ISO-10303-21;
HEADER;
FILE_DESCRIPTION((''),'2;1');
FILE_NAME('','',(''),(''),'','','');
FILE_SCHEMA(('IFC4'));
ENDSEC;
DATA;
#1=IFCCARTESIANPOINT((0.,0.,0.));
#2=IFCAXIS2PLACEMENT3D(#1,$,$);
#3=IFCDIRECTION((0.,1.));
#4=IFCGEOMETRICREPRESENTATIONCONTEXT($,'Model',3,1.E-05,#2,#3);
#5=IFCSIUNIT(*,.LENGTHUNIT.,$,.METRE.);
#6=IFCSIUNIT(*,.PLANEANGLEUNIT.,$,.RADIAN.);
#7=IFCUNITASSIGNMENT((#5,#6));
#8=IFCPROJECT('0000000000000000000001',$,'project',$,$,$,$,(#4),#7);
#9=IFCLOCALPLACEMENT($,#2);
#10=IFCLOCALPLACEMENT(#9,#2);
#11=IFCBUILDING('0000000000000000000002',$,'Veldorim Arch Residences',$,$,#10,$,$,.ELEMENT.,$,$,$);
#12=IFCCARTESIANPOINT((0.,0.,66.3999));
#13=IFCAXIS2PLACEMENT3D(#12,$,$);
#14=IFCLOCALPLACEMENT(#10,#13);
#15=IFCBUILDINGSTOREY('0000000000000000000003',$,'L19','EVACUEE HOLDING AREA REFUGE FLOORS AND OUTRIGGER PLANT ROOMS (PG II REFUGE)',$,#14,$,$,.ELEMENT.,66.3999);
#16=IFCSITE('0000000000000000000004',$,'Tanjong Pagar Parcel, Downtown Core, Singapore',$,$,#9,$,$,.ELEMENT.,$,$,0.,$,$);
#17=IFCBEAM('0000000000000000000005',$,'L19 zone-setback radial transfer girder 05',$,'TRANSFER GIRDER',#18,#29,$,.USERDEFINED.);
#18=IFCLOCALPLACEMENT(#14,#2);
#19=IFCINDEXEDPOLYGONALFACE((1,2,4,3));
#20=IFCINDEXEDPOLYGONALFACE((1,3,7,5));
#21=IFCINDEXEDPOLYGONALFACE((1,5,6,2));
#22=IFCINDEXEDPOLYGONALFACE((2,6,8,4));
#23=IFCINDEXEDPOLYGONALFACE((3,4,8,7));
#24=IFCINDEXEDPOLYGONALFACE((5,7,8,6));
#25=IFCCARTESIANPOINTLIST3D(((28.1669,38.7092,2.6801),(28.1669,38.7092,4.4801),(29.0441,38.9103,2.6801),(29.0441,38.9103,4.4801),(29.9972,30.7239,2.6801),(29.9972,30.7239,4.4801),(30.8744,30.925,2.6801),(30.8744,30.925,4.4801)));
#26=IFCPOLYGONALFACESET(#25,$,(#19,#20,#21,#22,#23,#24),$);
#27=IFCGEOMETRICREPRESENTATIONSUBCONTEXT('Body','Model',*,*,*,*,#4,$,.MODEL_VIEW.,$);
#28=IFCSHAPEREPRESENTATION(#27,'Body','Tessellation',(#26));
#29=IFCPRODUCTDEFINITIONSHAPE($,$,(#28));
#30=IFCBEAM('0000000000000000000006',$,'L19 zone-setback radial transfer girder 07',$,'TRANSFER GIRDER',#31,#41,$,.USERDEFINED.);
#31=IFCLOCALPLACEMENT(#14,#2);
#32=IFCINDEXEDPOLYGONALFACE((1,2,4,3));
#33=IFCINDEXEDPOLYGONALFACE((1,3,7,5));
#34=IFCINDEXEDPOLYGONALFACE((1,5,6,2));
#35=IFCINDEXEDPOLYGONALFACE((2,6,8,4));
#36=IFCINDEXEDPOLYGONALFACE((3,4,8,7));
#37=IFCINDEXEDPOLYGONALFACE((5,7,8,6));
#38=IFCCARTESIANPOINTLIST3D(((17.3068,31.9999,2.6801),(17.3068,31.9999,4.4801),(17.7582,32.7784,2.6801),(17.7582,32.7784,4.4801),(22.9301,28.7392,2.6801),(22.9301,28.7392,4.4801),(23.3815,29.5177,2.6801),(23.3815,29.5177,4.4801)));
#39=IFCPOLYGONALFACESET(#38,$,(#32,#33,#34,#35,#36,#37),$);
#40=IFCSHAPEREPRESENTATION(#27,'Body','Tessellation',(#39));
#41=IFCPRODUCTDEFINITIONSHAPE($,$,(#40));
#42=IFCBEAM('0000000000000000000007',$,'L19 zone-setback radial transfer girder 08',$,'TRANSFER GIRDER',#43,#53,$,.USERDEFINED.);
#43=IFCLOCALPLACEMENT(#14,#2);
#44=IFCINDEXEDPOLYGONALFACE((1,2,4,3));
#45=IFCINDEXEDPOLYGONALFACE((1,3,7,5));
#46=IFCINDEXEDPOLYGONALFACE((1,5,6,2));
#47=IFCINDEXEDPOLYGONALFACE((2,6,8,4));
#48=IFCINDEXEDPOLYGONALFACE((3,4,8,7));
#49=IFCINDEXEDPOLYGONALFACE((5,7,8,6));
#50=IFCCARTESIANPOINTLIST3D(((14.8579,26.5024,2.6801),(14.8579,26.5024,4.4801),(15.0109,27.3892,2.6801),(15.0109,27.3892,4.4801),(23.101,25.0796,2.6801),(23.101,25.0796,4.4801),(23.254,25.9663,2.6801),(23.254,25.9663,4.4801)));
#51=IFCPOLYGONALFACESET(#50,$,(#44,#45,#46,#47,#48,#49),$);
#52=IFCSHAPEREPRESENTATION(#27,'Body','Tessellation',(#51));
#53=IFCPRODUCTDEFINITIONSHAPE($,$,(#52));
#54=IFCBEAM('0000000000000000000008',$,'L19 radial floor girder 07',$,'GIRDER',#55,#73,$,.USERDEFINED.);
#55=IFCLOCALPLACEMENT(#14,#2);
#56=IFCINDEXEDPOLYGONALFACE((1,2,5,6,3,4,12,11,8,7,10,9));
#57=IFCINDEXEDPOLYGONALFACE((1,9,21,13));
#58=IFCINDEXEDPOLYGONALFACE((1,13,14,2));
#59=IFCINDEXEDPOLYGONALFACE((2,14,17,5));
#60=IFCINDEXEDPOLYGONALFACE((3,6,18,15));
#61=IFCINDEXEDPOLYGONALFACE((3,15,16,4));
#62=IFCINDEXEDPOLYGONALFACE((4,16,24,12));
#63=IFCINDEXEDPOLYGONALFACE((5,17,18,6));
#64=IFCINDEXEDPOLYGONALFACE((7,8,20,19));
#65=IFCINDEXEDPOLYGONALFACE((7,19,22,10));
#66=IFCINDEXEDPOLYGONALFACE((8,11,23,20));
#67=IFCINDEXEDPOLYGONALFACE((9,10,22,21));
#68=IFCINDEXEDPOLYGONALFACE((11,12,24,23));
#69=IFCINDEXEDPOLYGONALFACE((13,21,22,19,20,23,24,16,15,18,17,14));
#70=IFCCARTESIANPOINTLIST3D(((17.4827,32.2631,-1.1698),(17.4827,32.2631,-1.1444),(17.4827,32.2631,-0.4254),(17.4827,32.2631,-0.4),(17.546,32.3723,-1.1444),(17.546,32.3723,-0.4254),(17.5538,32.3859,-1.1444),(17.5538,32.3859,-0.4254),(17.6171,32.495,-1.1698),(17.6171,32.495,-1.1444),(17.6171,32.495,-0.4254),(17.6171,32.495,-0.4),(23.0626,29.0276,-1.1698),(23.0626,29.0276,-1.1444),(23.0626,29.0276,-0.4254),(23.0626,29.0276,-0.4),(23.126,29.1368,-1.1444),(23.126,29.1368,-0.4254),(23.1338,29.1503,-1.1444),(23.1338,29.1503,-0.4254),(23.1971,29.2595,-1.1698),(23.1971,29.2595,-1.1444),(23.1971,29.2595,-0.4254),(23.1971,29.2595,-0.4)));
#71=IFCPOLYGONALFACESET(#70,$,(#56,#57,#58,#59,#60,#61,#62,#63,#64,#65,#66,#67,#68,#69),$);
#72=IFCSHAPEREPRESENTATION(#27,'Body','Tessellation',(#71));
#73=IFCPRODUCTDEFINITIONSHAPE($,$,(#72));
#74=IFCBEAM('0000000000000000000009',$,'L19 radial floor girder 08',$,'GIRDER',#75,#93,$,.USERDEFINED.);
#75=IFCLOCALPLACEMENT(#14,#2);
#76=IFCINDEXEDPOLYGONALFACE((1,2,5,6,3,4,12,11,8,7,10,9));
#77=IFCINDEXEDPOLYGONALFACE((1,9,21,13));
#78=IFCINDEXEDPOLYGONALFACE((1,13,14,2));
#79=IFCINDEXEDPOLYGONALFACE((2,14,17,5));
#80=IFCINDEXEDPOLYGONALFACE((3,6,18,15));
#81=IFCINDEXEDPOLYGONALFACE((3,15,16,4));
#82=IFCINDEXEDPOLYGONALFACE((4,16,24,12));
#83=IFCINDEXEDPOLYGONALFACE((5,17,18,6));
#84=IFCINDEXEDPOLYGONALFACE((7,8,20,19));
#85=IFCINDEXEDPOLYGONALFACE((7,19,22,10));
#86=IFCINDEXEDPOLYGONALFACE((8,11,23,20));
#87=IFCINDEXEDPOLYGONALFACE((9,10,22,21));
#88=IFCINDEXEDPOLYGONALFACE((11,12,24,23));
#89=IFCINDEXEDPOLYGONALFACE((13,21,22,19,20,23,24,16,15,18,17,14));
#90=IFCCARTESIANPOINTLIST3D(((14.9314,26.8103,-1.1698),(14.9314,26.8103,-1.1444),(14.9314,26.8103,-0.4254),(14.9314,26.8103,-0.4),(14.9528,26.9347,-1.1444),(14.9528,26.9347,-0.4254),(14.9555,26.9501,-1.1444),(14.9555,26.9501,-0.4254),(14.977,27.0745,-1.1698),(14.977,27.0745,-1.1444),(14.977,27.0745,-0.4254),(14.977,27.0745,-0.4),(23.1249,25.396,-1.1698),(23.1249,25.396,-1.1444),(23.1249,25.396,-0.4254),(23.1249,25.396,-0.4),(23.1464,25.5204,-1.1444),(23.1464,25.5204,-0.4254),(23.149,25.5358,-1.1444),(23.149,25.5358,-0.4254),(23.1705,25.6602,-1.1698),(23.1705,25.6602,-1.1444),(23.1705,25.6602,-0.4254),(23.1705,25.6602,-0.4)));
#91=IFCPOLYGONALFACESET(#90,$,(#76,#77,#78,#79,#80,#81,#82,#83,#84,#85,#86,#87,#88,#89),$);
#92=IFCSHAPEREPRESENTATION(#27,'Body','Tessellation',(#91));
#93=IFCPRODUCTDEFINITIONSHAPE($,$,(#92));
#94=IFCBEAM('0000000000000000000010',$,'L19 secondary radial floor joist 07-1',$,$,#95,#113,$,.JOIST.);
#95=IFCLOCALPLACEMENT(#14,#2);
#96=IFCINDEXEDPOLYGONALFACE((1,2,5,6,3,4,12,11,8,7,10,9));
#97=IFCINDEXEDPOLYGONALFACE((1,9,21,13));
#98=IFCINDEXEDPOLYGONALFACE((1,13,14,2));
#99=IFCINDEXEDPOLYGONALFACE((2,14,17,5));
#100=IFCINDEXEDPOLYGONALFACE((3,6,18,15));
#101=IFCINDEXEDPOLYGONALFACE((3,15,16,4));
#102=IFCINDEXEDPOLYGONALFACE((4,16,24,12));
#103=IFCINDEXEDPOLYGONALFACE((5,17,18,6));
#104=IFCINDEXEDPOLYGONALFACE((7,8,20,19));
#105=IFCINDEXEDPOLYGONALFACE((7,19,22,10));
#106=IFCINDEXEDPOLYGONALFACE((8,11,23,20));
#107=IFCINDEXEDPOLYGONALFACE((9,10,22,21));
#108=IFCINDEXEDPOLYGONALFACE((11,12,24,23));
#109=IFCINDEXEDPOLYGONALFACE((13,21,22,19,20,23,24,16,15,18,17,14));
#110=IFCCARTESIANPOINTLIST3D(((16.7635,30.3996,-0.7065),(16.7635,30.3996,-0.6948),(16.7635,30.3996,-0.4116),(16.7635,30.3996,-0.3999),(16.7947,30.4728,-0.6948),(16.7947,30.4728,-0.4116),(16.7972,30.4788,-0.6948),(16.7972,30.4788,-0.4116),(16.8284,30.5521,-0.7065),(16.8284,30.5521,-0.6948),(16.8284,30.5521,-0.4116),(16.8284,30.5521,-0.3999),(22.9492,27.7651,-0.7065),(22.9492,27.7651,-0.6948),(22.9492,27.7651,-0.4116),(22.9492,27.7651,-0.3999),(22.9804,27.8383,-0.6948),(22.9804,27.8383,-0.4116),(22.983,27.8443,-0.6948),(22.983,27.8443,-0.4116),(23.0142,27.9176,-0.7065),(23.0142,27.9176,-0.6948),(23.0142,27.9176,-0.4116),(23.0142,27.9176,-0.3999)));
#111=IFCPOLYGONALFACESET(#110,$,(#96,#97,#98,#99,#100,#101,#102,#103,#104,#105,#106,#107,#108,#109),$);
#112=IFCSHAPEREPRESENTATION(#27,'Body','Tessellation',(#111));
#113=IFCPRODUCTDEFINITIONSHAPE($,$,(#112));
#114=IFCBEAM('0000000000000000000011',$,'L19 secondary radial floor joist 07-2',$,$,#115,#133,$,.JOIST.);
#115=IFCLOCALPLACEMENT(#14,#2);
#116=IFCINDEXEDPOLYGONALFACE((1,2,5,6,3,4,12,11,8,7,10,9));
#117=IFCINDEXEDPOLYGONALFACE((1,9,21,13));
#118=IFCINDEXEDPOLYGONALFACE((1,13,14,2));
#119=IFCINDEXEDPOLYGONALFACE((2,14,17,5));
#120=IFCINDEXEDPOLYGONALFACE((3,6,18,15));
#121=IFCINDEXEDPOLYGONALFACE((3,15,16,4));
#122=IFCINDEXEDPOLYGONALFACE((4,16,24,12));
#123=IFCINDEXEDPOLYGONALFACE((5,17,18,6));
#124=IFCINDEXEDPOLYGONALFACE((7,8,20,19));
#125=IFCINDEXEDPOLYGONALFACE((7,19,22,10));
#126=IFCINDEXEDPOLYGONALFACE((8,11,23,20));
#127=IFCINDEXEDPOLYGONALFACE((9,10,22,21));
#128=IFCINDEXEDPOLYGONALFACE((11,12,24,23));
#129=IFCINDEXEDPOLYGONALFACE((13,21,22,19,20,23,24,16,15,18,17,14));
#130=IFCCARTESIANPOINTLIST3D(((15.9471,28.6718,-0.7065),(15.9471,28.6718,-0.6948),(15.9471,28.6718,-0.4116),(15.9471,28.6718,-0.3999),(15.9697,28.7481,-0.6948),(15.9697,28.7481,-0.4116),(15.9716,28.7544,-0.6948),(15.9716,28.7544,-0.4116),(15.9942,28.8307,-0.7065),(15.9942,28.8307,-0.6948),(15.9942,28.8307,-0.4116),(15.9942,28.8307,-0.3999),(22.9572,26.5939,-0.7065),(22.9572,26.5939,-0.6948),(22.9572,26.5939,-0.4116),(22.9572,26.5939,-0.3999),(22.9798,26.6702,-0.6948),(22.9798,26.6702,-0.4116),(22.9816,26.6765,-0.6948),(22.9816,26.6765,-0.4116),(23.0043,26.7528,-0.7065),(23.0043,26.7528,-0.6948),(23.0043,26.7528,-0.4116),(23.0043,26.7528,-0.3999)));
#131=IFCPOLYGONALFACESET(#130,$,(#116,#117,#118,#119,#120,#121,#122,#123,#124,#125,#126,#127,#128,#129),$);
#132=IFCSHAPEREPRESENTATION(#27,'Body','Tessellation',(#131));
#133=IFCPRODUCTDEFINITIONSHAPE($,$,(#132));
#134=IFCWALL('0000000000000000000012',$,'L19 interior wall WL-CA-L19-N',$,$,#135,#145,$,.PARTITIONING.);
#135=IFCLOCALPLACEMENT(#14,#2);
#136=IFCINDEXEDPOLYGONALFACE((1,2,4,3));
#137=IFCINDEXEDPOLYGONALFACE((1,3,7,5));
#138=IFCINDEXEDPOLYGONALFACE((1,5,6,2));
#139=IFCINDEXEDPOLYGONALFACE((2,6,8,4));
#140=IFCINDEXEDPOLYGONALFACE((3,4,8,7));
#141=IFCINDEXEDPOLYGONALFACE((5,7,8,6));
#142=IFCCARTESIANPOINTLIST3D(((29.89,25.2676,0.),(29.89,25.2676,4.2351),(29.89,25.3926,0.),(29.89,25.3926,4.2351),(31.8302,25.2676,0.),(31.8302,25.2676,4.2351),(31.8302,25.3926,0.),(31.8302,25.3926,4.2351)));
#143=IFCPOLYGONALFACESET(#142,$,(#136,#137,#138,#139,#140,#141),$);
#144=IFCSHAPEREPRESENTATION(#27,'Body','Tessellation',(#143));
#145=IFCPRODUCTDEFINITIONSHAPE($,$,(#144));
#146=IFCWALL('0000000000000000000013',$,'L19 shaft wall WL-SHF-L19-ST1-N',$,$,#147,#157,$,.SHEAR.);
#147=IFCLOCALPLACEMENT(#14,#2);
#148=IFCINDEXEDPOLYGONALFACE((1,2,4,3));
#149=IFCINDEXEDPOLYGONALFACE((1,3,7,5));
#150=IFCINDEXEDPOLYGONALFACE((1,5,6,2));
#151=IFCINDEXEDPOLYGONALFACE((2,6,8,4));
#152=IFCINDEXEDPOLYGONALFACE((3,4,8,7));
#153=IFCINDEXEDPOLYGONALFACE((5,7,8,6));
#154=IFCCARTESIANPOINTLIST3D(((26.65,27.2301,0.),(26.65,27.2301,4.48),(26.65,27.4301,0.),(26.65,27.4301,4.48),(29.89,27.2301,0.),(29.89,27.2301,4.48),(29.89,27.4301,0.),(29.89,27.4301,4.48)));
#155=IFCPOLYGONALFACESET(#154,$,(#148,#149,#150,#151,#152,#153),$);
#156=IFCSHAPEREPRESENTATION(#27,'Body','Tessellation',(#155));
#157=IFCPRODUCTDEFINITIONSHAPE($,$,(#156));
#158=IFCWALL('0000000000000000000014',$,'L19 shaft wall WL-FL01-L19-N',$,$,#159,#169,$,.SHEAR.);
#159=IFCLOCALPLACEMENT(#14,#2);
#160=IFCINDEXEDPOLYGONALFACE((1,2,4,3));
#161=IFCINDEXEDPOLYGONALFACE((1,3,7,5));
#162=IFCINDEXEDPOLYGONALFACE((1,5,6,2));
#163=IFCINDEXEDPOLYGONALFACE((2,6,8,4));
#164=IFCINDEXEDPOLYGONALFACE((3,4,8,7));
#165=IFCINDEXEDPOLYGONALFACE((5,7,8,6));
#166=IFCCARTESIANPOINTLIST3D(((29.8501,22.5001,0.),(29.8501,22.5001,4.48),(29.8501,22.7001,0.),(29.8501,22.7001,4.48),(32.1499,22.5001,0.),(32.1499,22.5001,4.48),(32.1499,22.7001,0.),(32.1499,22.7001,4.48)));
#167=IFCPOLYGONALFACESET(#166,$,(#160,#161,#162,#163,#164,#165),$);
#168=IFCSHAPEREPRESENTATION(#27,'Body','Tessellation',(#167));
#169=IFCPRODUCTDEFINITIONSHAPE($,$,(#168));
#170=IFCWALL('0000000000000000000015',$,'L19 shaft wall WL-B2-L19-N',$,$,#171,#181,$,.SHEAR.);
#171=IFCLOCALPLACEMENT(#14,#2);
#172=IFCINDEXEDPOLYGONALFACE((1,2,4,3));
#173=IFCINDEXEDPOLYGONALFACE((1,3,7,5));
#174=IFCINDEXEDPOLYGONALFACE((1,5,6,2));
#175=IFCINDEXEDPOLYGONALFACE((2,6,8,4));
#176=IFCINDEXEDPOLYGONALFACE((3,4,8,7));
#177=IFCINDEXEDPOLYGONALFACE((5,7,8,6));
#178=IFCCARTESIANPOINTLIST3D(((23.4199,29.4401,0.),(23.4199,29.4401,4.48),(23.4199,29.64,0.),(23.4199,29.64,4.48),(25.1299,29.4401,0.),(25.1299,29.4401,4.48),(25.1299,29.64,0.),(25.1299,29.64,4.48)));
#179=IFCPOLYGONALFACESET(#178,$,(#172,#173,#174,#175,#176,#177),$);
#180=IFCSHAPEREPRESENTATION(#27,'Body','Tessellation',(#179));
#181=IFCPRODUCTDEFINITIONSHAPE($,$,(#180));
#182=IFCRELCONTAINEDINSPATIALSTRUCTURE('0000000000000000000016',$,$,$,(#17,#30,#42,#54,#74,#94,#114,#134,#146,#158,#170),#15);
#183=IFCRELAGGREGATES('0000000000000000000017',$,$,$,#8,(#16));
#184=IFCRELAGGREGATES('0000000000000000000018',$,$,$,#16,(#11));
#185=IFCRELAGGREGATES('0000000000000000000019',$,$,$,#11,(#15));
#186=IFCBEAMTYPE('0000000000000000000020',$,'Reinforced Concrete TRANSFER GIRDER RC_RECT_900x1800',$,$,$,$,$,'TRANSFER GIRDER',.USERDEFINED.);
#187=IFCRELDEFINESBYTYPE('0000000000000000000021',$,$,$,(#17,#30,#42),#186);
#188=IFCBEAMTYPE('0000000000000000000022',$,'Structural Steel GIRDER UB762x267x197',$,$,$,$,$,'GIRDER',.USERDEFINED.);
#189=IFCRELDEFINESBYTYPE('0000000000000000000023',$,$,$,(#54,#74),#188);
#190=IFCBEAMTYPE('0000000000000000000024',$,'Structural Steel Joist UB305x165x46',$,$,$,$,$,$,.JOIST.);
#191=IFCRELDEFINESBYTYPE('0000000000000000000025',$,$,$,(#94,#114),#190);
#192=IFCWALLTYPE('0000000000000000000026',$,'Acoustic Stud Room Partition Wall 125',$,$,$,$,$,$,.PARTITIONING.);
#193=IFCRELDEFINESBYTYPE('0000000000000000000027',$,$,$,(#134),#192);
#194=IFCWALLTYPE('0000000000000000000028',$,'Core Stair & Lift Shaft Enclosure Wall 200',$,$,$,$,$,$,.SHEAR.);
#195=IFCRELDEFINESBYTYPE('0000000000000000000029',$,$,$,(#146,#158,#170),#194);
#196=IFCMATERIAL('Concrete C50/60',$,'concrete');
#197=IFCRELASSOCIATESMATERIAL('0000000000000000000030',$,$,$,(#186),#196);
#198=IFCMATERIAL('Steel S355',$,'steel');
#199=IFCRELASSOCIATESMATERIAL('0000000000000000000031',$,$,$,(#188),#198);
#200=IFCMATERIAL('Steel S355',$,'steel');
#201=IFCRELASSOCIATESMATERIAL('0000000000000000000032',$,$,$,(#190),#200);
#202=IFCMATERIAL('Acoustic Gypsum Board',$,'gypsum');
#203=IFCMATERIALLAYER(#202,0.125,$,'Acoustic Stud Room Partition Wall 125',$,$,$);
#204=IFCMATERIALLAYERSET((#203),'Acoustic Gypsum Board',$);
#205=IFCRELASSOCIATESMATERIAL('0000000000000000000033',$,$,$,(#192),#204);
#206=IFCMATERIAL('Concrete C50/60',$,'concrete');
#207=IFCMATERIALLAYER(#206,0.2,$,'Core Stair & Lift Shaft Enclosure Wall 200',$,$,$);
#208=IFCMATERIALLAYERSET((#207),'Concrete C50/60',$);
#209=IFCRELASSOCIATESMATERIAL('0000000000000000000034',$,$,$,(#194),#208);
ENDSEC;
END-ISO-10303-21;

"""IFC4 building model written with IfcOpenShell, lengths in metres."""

from ifc_helpers import new_model, si_unit, direction, frame, frame_2d, origin, origin_2d, place, context, subcontext, project, spatial, rectangle, i_section, extrude, material, layer, layer_set, material_profile, profile_set, type_object, element, save


model = new_model("IFC4")

# Units and contexts
model_context = context("Model", 3, precision=1e-05, world=origin(), true_north=direction((0.0, 1.0)))
body_context = subcontext(model_context, "Body", "Model", "MODEL_VIEW")
ifc_project = project(units=[si_unit("LENGTHUNIT", "METRE"), si_unit("PLANEANGLEUNIT", "RADIAN")], contexts=[model_context])

# Site, building, storey
site_placement = place(None, origin())
site = spatial("IfcSite", under=ifc_project, at=site_placement, Name="Tanjong Pagar Parcel, Downtown Core, Singapore", CompositionType="ELEMENT", RefElevation=0.0)
building_placement = place(site_placement, origin())
building = spatial("IfcBuilding", under=site, at=building_placement, Name="Veldorim Arch Residences", CompositionType="ELEMENT")
storey_placement = place(building_placement, frame((0.0, 0.0, 66.3999)))
storey = spatial("IfcBuildingStorey", under=building, at=storey_placement, Name="L19", Description="EVACUEE HOLDING AREA REFUGE FLOORS AND OUTRIGGER PLANT ROOMS (PG II REFUGE)", CompositionType="ELEMENT", Elevation=66.3999)

# Beams
ifc_material_1 = material(Name="Concrete C50/60", Category="concrete")
ifc_material_profile_1 = material_profile(ifc_material_1, rectangle(XDim=0.8999, YDim=1.8, at=origin_2d()), Name="RC_RECT_900x1800")
ifc_profile_set_1 = profile_set([ifc_material_profile_1], Name="Concrete C50/60")
beam_type_1 = type_object("IfcBeamType", Name="Reinforced Concrete TRANSFER GIRDER RC_RECT_900x1800", ElementType="TRANSFER GIRDER", PredefinedType="USERDEFINED", material=ifc_profile_set_1)
beam_1_placement = place(storey_placement, frame((30.4358, 30.8245, 3.5801), z_axis=(-0.223416, 0.974723, 0.0), x_axis=(-0.974723, -0.223416, 0.0)))
element("IfcBeam", 1, at=beam_1_placement, inside=storey, type_object=beam_type_1, Name="L19 zone-setback radial transfer girder 05", ObjectType="TRANSFER GIRDER", PredefinedType="USERDEFINED", context=body_context, shape_type="SweptSolid", body=[
    extrude(rectangle(XDim=0.8999, YDim=1.8, at=origin_2d()), origin(), (0.0, 0.0, 1.0), 8.1924),
])
beam_2_placement = place(storey_placement, frame((23.1558, 29.1284, 3.5801), z_axis=(-0.865082, 0.50163, 0.0), x_axis=(-0.50163, -0.865082, 0.0)))
element("IfcBeam", 2, at=beam_2_placement, inside=storey, type_object=beam_type_1, Name="L19 zone-setback radial transfer girder 07", ObjectType="TRANSFER GIRDER", PredefinedType="USERDEFINED", context=body_context, shape_type="SweptSolid", body=[
    extrude(rectangle(XDim=0.8999, YDim=1.8, at=origin_2d()), origin(), (0.0, 0.0, 1.0), 6.5002),
])
beam_3_placement = place(storey_placement, frame((23.1775, 25.5229, 3.5801), z_axis=(-0.985428, 0.170095, 0.0), x_axis=(-0.170095, -0.985428, 0.0)))
element("IfcBeam", 3, at=beam_3_placement, inside=storey, type_object=beam_type_1, Name="L19 zone-setback radial transfer girder 08", ObjectType="TRANSFER GIRDER", PredefinedType="USERDEFINED", context=body_context, shape_type="SweptSolid", body=[
    extrude(rectangle(XDim=0.8999, YDim=1.8, at=origin_2d()), origin(), (0.0, 0.0, 1.0), 8.365),
])
ifc_material_2 = material(Name="Steel S355", Category="steel")
ifc_material_profile_2 = material_profile(ifc_material_2, i_section(OverallWidth=0.2681, OverallDepth=0.7698, WebThickness=0.0156, FlangeThickness=0.0254, at=origin_2d()), Name="UB762x267x197")
ifc_profile_set_2 = profile_set([ifc_material_profile_2], Name="Steel S355")
beam_type_2 = type_object("IfcBeamType", Name="Structural Steel GIRDER UB762x267x197", ElementType="GIRDER", PredefinedType="USERDEFINED", material=ifc_profile_set_2)
beam_4_placement = place(storey_placement, frame((23.1299, 29.1436, -0.7849), z_axis=(-0.865088, 0.50162, 0.0), x_axis=(-0.50162, -0.865088, 0.0)))
element("IfcBeam", 4, at=beam_4_placement, inside=storey, type_object=beam_type_2, Name="L19 radial floor girder 07", ObjectType="GIRDER", PredefinedType="USERDEFINED", context=body_context, shape_type="SweptSolid", body=[
    extrude(i_section(OverallWidth=0.2681, OverallDepth=0.7698, WebThickness=0.0156, FlangeThickness=0.0254, at=origin_2d()), origin(), (0.0, 0.0, 1.0), 6.4502),
])
beam_5_placement = place(storey_placement, frame((23.1477, 25.5281, -0.7849), z_axis=(-0.985428, 0.170096, 0.0), x_axis=(-0.170096, -0.985428, 0.0)))
element("IfcBeam", 5, at=beam_5_placement, inside=storey, type_object=beam_type_2, Name="L19 radial floor girder 08", ObjectType="GIRDER", PredefinedType="USERDEFINED", context=body_context, shape_type="SweptSolid", body=[
    extrude(i_section(OverallWidth=0.2681, OverallDepth=0.7698, WebThickness=0.0156, FlangeThickness=0.0254, at=origin_2d()), origin(), (0.0, 0.0, 1.0), 8.3147),
])
ifc_material_3 = material(Name="Steel S355", Category="steel")
ifc_material_profile_3 = material_profile(ifc_material_3, i_section(OverallWidth=0.1658, OverallDepth=0.3066, WebThickness=0.0066, FlangeThickness=0.0117, at=origin_2d()), Name="UB305x165x46")
ifc_profile_set_3 = profile_set([ifc_material_profile_3], Name="Steel S355")
beam_type_3 = type_object("IfcBeamType", Name="Structural Steel Joist UB305x165x46", PredefinedType="JOIST", material=ifc_profile_set_3)
beam_6_placement = place(storey_placement, frame((22.9817, 27.8413, -0.5532), z_axis=(-0.920033, 0.391841, 0.0), x_axis=(-0.391841, -0.920033, 0.0)))
element("IfcBeam", 6, at=beam_6_placement, inside=storey, type_object=beam_type_3, Name="L19 secondary radial floor joist 07-1", PredefinedType="JOIST", context=body_context, shape_type="SweptSolid", body=[
    extrude(i_section(OverallWidth=0.1658, OverallDepth=0.3066, WebThickness=0.0066, FlangeThickness=0.0117, at=origin_2d()), origin(), (0.0, 0.0, 1.0), 6.7234),
])
beam_7_placement = place(storey_placement, frame((22.9807, 26.6733, -0.5532), z_axis=(-0.958767, 0.284194, 0.0), x_axis=(-0.284194, -0.958767, 0.0)))
element("IfcBeam", 7, at=beam_7_placement, inside=storey, type_object=beam_type_3, Name="L19 secondary radial floor joist 07-2", PredefinedType="JOIST", context=body_context, shape_type="SweptSolid", body=[
    extrude(i_section(OverallWidth=0.1658, OverallDepth=0.3066, WebThickness=0.0066, FlangeThickness=0.0117, at=origin_2d()), origin(), (0.0, 0.0, 1.0), 7.3115),
])

# Walls
ifc_material_4 = material(Name="Acoustic Gypsum Board", Category="gypsum")
ifc_layer_1 = layer(ifc_material_4, 0.125, Name="Acoustic Stud Room Partition Wall 125")
ifc_layer_set_1 = layer_set([ifc_layer_1], Name="Acoustic Gypsum Board")
wall_type_1 = type_object("IfcWallType", Name="Acoustic Stud Room Partition Wall 125", PredefinedType="PARTITIONING", material=ifc_layer_set_1)
wall_1_placement = place(storey_placement, frame((29.8899, 25.3301, 0.0), z_axis=(0.0, 0.0, 1.0), x_axis=(1.0, 0.0, 0.0)))
element("IfcWall", 8, at=wall_1_placement, inside=storey, type_object=wall_type_1, Name="L19 interior wall WL-CA-L19-N", PredefinedType="PARTITIONING", context=body_context, shape_type="SweptSolid", body=[
    extrude(rectangle(XDim=1.9402, YDim=0.125, at=frame_2d((0.9702, 0.0))), origin(), (0.0, 0.0, 1.0), 4.2351),
])
ifc_material_5 = material(Name="Concrete C50/60", Category="concrete")
ifc_layer_2 = layer(ifc_material_5, 0.2, Name="Core Stair & Lift Shaft Enclosure Wall 200")
ifc_layer_set_2 = layer_set([ifc_layer_2], Name="Concrete C50/60")
wall_type_2 = type_object("IfcWallType", Name="Core Stair & Lift Shaft Enclosure Wall 200", PredefinedType="SHEAR", material=ifc_layer_set_2)
wall_2_placement = place(storey_placement, frame((26.6499, 27.3301, 0.0), z_axis=(0.0, 0.0, 1.0), x_axis=(1.0, 0.0, 0.0)))
element("IfcWall", 9, at=wall_2_placement, inside=storey, type_object=wall_type_2, Name="L19 shaft wall WL-SHF-L19-ST1-N", PredefinedType="SHEAR", context=body_context, shape_type="SweptSolid", body=[
    extrude(rectangle(XDim=3.24, YDim=0.2, at=frame_2d((1.6201, 0.0))), origin(), (0.0, 0.0, 1.0), 4.48),
])
wall_3_placement = place(storey_placement, frame((29.8501, 22.6001, 0.0), z_axis=(0.0, 0.0, 1.0), x_axis=(1.0, 0.0, 0.0)))
element("IfcWall", 10, at=wall_3_placement, inside=storey, type_object=wall_type_2, Name="L19 shaft wall WL-FL01-L19-N", PredefinedType="SHEAR", context=body_context, shape_type="SweptSolid", body=[
    extrude(rectangle(XDim=2.2998, YDim=0.2, at=frame_2d((1.1499, 0.0))), origin(), (0.0, 0.0, 1.0), 4.48),
])
for number, where, z_axis, x_axis, name in (
    (11, (23.4199, 29.54, 0.0), (0.0, 0.0, 1.0), (1.0, 0.0, 0.0), "L19 shaft wall WL-B2-L19-N"),
):
    element("IfcWall", number, at=place(storey_placement, frame(where, z_axis=z_axis, x_axis=x_axis)), inside=storey, type_object=wall_type_2, Name=name, PredefinedType="SHEAR", context=body_context, shape_type="SweptSolid", body=[
        extrude(rectangle(XDim=1.71, YDim=0.2, at=frame_2d((0.855, 0.0))), origin(), (0.0, 0.0, 1.0), 4.48),
    ])

save(model, "model.ifc")
